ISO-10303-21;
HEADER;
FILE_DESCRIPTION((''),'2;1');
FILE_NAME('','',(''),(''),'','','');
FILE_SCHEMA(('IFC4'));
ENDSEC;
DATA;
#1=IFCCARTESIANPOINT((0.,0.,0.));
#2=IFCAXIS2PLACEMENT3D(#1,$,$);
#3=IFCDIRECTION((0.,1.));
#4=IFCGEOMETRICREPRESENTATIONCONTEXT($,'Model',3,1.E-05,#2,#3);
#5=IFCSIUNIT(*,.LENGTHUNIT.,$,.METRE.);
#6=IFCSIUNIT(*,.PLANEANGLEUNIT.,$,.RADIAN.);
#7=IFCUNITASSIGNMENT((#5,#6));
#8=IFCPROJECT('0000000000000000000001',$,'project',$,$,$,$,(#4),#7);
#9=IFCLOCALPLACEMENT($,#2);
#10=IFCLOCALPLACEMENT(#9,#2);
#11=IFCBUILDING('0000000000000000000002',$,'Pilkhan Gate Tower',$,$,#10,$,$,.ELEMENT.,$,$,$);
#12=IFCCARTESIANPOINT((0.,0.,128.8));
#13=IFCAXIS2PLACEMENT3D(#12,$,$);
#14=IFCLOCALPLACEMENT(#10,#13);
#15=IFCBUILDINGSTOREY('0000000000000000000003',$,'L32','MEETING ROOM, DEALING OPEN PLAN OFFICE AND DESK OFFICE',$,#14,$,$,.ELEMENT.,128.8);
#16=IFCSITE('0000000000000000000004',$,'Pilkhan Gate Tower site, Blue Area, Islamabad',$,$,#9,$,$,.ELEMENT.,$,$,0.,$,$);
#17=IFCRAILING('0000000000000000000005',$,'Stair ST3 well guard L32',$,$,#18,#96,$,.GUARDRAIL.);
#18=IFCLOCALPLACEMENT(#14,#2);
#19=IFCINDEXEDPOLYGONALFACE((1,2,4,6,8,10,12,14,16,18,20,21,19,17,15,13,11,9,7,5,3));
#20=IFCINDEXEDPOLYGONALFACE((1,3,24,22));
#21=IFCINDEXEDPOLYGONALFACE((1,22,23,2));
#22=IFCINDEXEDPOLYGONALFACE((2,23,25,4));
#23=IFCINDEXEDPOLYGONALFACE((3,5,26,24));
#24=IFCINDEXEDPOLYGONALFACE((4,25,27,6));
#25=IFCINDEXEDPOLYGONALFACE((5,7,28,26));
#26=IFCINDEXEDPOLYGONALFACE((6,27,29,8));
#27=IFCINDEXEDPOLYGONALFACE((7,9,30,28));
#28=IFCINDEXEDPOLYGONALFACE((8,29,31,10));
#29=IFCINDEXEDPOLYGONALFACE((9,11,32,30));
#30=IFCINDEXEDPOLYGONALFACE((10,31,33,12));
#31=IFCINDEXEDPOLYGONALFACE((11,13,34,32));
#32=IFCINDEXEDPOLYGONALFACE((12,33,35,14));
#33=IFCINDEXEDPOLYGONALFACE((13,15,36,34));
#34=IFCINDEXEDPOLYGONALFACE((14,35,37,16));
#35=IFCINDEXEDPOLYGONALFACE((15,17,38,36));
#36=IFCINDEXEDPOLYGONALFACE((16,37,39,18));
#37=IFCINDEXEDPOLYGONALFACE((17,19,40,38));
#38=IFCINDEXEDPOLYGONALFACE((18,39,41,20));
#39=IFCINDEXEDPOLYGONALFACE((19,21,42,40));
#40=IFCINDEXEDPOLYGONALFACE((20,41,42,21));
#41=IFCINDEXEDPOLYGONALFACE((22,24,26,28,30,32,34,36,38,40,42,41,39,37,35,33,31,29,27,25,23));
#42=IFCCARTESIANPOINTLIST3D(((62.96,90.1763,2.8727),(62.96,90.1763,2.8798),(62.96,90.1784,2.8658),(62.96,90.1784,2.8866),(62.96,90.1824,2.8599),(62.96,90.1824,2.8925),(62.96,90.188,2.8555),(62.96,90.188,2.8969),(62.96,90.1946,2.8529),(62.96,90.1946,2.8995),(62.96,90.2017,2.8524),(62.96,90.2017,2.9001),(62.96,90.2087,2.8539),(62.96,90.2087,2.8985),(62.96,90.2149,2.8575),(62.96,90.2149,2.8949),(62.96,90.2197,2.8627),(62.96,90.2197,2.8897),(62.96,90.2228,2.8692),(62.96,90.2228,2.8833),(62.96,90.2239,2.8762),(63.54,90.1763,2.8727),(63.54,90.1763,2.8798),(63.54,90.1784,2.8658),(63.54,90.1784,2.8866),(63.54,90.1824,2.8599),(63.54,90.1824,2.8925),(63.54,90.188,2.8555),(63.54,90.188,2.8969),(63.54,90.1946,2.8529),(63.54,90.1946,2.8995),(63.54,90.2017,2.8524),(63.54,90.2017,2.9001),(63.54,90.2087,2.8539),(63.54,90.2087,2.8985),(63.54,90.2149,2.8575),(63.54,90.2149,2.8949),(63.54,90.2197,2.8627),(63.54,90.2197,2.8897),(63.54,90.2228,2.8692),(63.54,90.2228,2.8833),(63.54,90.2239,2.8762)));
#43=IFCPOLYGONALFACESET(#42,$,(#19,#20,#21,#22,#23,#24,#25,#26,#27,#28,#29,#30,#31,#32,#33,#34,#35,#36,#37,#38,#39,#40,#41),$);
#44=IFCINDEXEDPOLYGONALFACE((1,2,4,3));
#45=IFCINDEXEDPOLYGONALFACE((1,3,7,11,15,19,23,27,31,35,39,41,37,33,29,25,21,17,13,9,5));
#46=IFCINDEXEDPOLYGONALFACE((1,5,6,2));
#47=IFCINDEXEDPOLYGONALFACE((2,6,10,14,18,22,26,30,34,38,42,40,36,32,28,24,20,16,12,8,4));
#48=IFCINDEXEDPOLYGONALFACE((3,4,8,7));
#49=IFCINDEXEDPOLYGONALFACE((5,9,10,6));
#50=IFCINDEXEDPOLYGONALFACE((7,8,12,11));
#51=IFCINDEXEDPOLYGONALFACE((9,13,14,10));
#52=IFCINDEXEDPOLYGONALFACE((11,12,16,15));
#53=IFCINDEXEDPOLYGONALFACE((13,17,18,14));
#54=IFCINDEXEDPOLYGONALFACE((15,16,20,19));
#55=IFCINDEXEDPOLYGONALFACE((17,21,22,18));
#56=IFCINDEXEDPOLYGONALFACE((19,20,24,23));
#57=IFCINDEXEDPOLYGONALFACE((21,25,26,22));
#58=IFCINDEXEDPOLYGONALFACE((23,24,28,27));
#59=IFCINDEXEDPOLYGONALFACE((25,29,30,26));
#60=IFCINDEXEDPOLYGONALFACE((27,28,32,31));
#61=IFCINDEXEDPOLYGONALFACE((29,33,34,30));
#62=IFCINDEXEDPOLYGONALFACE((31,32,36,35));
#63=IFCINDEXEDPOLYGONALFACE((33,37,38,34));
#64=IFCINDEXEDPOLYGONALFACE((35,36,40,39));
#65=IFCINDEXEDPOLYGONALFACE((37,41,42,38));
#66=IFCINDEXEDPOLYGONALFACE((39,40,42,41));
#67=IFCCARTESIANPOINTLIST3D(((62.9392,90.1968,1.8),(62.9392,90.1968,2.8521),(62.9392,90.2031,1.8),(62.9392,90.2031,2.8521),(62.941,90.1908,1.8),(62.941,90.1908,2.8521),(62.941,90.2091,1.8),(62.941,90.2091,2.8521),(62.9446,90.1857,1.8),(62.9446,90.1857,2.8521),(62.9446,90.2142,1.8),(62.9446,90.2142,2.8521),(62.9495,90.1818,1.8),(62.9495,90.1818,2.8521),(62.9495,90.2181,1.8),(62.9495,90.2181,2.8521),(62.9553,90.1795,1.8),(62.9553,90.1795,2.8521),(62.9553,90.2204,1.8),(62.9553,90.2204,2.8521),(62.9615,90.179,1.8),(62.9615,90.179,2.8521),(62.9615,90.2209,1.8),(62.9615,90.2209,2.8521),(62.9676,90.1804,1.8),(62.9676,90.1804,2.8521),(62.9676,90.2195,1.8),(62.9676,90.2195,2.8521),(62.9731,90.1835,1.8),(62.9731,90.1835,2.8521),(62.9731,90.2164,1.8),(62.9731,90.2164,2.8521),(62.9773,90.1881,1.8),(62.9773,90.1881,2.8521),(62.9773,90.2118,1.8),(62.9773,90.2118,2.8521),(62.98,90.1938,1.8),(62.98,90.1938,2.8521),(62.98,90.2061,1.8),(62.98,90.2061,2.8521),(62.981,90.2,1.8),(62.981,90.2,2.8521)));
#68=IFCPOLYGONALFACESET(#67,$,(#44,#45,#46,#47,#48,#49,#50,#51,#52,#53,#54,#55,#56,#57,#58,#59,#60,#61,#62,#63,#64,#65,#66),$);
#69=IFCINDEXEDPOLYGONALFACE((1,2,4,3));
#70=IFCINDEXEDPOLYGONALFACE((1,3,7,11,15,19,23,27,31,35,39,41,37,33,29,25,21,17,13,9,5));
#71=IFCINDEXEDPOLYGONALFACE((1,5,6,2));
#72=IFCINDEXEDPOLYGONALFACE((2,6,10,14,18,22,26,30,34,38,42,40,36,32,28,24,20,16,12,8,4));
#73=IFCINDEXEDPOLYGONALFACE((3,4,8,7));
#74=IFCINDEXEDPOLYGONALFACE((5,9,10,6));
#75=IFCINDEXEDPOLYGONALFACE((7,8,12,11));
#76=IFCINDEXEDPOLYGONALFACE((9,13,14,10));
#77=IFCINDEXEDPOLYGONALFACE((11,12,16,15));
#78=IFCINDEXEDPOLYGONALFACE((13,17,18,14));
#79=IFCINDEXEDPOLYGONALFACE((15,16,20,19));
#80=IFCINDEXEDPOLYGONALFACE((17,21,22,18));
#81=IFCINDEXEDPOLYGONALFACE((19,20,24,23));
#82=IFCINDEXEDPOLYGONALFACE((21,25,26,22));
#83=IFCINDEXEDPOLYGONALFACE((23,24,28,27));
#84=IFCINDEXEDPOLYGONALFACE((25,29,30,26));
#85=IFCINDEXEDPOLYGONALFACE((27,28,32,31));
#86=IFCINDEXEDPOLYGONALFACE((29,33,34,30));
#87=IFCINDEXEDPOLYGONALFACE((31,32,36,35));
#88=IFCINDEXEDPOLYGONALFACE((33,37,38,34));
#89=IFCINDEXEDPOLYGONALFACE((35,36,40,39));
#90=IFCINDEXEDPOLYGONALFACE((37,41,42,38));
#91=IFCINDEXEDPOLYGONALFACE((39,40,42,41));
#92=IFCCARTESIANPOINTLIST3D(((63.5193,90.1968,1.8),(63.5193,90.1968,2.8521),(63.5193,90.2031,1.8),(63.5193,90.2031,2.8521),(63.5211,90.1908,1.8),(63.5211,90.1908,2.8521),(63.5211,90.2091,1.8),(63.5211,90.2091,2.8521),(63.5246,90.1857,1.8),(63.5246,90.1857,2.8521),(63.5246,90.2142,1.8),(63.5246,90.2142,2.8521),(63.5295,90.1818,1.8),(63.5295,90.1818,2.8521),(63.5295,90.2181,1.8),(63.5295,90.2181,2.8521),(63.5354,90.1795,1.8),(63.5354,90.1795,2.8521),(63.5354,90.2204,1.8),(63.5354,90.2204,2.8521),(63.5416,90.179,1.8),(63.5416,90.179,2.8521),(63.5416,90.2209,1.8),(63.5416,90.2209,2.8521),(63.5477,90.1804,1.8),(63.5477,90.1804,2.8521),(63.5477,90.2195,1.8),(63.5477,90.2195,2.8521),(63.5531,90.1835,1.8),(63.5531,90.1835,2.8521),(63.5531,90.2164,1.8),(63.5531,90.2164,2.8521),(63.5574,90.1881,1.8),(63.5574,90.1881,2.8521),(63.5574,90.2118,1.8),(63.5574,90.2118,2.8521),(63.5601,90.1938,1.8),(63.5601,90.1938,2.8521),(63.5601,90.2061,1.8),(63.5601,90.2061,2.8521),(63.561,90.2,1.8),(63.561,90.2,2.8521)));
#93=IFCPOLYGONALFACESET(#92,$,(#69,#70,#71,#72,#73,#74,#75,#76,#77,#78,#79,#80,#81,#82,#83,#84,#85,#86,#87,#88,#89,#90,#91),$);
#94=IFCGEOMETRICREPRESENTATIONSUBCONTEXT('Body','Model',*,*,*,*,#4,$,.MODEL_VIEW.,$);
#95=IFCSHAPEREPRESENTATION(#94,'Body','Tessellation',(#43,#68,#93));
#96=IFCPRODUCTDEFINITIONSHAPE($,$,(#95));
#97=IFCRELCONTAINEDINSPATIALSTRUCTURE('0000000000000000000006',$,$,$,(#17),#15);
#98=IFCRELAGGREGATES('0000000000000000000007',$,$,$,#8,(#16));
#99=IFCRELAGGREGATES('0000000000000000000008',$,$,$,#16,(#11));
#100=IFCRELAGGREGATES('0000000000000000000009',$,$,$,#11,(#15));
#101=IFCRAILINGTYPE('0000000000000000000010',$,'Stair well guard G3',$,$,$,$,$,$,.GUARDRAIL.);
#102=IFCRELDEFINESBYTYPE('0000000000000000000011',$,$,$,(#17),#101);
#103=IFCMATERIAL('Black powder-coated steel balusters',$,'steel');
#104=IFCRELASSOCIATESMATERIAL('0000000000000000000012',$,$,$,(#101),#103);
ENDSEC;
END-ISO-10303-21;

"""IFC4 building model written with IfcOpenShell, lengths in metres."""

from ifc_helpers import new_model, si_unit, direction, frame, origin, origin_2d, place, context, subcontext, project, spatial, circle, extrude, material, type_object, element, save


model = new_model("IFC4")

# Units and contexts
model_context = context("Model", 3, precision=1e-05, world=origin(), true_north=direction((0.0, 1.0)))
body_context = subcontext(model_context, "Body", "Model", "MODEL_VIEW")
ifc_project = project(units=[si_unit("LENGTHUNIT", "METRE"), si_unit("PLANEANGLEUNIT", "RADIAN")], contexts=[model_context])

# Site, building, storey
site_placement = place(None, origin())
site = spatial("IfcSite", under=ifc_project, at=site_placement, Name="Pilkhan Gate Tower site, Blue Area, Islamabad", CompositionType="ELEMENT", RefElevation=0.0)
building_placement = place(site_placement, origin())
building = spatial("IfcBuilding", under=site, at=building_placement, Name="Pilkhan Gate Tower", CompositionType="ELEMENT")
storey_placement = place(building_placement, frame((0.0, 0.0, 128.8)))
storey = spatial("IfcBuildingStorey", under=building, at=storey_placement, Name="L32", Description="MEETING ROOM, DEALING OPEN PLAN OFFICE AND DESK OFFICE", CompositionType="ELEMENT", Elevation=128.8)

# Railing
ifc_material_1 = material(Name="Black powder-coated steel balusters", Category="steel")
railing_type_1 = type_object("IfcRailingType", Name="Stair well guard G3", PredefinedType="GUARDRAIL", material=ifc_material_1)
for number, where, name in (
    (1, (62.96, 90.2, 1.8), "Stair ST3 well guard L32"),
):
    element("IfcRailing", number, at=place(storey_placement, frame(where)), inside=storey, type_object=railing_type_1, Name=name, PredefinedType="GUARDRAIL", context=body_context, shape_type="SweptSolid", body=[
        extrude(circle(Radius=0.0239, at=origin_2d()), frame((0.0, 0.0, 1.0762), z_axis=(1.0, 0.0, 0.0), x_axis=(0.0, 1.0, 0.0)), (0.0, 0.0, 1.0), 0.5801),
        extrude(circle(Radius=0.021, at=origin_2d()), origin(), (0.0, 0.0, 1.0), 1.052),
        extrude(circle(Radius=0.021, at=origin_2d()), frame((0.5801, 0.0, 0.0)), (0.0, 0.0, 1.0), 1.052),
    ])

save(model, "model.ifc")
